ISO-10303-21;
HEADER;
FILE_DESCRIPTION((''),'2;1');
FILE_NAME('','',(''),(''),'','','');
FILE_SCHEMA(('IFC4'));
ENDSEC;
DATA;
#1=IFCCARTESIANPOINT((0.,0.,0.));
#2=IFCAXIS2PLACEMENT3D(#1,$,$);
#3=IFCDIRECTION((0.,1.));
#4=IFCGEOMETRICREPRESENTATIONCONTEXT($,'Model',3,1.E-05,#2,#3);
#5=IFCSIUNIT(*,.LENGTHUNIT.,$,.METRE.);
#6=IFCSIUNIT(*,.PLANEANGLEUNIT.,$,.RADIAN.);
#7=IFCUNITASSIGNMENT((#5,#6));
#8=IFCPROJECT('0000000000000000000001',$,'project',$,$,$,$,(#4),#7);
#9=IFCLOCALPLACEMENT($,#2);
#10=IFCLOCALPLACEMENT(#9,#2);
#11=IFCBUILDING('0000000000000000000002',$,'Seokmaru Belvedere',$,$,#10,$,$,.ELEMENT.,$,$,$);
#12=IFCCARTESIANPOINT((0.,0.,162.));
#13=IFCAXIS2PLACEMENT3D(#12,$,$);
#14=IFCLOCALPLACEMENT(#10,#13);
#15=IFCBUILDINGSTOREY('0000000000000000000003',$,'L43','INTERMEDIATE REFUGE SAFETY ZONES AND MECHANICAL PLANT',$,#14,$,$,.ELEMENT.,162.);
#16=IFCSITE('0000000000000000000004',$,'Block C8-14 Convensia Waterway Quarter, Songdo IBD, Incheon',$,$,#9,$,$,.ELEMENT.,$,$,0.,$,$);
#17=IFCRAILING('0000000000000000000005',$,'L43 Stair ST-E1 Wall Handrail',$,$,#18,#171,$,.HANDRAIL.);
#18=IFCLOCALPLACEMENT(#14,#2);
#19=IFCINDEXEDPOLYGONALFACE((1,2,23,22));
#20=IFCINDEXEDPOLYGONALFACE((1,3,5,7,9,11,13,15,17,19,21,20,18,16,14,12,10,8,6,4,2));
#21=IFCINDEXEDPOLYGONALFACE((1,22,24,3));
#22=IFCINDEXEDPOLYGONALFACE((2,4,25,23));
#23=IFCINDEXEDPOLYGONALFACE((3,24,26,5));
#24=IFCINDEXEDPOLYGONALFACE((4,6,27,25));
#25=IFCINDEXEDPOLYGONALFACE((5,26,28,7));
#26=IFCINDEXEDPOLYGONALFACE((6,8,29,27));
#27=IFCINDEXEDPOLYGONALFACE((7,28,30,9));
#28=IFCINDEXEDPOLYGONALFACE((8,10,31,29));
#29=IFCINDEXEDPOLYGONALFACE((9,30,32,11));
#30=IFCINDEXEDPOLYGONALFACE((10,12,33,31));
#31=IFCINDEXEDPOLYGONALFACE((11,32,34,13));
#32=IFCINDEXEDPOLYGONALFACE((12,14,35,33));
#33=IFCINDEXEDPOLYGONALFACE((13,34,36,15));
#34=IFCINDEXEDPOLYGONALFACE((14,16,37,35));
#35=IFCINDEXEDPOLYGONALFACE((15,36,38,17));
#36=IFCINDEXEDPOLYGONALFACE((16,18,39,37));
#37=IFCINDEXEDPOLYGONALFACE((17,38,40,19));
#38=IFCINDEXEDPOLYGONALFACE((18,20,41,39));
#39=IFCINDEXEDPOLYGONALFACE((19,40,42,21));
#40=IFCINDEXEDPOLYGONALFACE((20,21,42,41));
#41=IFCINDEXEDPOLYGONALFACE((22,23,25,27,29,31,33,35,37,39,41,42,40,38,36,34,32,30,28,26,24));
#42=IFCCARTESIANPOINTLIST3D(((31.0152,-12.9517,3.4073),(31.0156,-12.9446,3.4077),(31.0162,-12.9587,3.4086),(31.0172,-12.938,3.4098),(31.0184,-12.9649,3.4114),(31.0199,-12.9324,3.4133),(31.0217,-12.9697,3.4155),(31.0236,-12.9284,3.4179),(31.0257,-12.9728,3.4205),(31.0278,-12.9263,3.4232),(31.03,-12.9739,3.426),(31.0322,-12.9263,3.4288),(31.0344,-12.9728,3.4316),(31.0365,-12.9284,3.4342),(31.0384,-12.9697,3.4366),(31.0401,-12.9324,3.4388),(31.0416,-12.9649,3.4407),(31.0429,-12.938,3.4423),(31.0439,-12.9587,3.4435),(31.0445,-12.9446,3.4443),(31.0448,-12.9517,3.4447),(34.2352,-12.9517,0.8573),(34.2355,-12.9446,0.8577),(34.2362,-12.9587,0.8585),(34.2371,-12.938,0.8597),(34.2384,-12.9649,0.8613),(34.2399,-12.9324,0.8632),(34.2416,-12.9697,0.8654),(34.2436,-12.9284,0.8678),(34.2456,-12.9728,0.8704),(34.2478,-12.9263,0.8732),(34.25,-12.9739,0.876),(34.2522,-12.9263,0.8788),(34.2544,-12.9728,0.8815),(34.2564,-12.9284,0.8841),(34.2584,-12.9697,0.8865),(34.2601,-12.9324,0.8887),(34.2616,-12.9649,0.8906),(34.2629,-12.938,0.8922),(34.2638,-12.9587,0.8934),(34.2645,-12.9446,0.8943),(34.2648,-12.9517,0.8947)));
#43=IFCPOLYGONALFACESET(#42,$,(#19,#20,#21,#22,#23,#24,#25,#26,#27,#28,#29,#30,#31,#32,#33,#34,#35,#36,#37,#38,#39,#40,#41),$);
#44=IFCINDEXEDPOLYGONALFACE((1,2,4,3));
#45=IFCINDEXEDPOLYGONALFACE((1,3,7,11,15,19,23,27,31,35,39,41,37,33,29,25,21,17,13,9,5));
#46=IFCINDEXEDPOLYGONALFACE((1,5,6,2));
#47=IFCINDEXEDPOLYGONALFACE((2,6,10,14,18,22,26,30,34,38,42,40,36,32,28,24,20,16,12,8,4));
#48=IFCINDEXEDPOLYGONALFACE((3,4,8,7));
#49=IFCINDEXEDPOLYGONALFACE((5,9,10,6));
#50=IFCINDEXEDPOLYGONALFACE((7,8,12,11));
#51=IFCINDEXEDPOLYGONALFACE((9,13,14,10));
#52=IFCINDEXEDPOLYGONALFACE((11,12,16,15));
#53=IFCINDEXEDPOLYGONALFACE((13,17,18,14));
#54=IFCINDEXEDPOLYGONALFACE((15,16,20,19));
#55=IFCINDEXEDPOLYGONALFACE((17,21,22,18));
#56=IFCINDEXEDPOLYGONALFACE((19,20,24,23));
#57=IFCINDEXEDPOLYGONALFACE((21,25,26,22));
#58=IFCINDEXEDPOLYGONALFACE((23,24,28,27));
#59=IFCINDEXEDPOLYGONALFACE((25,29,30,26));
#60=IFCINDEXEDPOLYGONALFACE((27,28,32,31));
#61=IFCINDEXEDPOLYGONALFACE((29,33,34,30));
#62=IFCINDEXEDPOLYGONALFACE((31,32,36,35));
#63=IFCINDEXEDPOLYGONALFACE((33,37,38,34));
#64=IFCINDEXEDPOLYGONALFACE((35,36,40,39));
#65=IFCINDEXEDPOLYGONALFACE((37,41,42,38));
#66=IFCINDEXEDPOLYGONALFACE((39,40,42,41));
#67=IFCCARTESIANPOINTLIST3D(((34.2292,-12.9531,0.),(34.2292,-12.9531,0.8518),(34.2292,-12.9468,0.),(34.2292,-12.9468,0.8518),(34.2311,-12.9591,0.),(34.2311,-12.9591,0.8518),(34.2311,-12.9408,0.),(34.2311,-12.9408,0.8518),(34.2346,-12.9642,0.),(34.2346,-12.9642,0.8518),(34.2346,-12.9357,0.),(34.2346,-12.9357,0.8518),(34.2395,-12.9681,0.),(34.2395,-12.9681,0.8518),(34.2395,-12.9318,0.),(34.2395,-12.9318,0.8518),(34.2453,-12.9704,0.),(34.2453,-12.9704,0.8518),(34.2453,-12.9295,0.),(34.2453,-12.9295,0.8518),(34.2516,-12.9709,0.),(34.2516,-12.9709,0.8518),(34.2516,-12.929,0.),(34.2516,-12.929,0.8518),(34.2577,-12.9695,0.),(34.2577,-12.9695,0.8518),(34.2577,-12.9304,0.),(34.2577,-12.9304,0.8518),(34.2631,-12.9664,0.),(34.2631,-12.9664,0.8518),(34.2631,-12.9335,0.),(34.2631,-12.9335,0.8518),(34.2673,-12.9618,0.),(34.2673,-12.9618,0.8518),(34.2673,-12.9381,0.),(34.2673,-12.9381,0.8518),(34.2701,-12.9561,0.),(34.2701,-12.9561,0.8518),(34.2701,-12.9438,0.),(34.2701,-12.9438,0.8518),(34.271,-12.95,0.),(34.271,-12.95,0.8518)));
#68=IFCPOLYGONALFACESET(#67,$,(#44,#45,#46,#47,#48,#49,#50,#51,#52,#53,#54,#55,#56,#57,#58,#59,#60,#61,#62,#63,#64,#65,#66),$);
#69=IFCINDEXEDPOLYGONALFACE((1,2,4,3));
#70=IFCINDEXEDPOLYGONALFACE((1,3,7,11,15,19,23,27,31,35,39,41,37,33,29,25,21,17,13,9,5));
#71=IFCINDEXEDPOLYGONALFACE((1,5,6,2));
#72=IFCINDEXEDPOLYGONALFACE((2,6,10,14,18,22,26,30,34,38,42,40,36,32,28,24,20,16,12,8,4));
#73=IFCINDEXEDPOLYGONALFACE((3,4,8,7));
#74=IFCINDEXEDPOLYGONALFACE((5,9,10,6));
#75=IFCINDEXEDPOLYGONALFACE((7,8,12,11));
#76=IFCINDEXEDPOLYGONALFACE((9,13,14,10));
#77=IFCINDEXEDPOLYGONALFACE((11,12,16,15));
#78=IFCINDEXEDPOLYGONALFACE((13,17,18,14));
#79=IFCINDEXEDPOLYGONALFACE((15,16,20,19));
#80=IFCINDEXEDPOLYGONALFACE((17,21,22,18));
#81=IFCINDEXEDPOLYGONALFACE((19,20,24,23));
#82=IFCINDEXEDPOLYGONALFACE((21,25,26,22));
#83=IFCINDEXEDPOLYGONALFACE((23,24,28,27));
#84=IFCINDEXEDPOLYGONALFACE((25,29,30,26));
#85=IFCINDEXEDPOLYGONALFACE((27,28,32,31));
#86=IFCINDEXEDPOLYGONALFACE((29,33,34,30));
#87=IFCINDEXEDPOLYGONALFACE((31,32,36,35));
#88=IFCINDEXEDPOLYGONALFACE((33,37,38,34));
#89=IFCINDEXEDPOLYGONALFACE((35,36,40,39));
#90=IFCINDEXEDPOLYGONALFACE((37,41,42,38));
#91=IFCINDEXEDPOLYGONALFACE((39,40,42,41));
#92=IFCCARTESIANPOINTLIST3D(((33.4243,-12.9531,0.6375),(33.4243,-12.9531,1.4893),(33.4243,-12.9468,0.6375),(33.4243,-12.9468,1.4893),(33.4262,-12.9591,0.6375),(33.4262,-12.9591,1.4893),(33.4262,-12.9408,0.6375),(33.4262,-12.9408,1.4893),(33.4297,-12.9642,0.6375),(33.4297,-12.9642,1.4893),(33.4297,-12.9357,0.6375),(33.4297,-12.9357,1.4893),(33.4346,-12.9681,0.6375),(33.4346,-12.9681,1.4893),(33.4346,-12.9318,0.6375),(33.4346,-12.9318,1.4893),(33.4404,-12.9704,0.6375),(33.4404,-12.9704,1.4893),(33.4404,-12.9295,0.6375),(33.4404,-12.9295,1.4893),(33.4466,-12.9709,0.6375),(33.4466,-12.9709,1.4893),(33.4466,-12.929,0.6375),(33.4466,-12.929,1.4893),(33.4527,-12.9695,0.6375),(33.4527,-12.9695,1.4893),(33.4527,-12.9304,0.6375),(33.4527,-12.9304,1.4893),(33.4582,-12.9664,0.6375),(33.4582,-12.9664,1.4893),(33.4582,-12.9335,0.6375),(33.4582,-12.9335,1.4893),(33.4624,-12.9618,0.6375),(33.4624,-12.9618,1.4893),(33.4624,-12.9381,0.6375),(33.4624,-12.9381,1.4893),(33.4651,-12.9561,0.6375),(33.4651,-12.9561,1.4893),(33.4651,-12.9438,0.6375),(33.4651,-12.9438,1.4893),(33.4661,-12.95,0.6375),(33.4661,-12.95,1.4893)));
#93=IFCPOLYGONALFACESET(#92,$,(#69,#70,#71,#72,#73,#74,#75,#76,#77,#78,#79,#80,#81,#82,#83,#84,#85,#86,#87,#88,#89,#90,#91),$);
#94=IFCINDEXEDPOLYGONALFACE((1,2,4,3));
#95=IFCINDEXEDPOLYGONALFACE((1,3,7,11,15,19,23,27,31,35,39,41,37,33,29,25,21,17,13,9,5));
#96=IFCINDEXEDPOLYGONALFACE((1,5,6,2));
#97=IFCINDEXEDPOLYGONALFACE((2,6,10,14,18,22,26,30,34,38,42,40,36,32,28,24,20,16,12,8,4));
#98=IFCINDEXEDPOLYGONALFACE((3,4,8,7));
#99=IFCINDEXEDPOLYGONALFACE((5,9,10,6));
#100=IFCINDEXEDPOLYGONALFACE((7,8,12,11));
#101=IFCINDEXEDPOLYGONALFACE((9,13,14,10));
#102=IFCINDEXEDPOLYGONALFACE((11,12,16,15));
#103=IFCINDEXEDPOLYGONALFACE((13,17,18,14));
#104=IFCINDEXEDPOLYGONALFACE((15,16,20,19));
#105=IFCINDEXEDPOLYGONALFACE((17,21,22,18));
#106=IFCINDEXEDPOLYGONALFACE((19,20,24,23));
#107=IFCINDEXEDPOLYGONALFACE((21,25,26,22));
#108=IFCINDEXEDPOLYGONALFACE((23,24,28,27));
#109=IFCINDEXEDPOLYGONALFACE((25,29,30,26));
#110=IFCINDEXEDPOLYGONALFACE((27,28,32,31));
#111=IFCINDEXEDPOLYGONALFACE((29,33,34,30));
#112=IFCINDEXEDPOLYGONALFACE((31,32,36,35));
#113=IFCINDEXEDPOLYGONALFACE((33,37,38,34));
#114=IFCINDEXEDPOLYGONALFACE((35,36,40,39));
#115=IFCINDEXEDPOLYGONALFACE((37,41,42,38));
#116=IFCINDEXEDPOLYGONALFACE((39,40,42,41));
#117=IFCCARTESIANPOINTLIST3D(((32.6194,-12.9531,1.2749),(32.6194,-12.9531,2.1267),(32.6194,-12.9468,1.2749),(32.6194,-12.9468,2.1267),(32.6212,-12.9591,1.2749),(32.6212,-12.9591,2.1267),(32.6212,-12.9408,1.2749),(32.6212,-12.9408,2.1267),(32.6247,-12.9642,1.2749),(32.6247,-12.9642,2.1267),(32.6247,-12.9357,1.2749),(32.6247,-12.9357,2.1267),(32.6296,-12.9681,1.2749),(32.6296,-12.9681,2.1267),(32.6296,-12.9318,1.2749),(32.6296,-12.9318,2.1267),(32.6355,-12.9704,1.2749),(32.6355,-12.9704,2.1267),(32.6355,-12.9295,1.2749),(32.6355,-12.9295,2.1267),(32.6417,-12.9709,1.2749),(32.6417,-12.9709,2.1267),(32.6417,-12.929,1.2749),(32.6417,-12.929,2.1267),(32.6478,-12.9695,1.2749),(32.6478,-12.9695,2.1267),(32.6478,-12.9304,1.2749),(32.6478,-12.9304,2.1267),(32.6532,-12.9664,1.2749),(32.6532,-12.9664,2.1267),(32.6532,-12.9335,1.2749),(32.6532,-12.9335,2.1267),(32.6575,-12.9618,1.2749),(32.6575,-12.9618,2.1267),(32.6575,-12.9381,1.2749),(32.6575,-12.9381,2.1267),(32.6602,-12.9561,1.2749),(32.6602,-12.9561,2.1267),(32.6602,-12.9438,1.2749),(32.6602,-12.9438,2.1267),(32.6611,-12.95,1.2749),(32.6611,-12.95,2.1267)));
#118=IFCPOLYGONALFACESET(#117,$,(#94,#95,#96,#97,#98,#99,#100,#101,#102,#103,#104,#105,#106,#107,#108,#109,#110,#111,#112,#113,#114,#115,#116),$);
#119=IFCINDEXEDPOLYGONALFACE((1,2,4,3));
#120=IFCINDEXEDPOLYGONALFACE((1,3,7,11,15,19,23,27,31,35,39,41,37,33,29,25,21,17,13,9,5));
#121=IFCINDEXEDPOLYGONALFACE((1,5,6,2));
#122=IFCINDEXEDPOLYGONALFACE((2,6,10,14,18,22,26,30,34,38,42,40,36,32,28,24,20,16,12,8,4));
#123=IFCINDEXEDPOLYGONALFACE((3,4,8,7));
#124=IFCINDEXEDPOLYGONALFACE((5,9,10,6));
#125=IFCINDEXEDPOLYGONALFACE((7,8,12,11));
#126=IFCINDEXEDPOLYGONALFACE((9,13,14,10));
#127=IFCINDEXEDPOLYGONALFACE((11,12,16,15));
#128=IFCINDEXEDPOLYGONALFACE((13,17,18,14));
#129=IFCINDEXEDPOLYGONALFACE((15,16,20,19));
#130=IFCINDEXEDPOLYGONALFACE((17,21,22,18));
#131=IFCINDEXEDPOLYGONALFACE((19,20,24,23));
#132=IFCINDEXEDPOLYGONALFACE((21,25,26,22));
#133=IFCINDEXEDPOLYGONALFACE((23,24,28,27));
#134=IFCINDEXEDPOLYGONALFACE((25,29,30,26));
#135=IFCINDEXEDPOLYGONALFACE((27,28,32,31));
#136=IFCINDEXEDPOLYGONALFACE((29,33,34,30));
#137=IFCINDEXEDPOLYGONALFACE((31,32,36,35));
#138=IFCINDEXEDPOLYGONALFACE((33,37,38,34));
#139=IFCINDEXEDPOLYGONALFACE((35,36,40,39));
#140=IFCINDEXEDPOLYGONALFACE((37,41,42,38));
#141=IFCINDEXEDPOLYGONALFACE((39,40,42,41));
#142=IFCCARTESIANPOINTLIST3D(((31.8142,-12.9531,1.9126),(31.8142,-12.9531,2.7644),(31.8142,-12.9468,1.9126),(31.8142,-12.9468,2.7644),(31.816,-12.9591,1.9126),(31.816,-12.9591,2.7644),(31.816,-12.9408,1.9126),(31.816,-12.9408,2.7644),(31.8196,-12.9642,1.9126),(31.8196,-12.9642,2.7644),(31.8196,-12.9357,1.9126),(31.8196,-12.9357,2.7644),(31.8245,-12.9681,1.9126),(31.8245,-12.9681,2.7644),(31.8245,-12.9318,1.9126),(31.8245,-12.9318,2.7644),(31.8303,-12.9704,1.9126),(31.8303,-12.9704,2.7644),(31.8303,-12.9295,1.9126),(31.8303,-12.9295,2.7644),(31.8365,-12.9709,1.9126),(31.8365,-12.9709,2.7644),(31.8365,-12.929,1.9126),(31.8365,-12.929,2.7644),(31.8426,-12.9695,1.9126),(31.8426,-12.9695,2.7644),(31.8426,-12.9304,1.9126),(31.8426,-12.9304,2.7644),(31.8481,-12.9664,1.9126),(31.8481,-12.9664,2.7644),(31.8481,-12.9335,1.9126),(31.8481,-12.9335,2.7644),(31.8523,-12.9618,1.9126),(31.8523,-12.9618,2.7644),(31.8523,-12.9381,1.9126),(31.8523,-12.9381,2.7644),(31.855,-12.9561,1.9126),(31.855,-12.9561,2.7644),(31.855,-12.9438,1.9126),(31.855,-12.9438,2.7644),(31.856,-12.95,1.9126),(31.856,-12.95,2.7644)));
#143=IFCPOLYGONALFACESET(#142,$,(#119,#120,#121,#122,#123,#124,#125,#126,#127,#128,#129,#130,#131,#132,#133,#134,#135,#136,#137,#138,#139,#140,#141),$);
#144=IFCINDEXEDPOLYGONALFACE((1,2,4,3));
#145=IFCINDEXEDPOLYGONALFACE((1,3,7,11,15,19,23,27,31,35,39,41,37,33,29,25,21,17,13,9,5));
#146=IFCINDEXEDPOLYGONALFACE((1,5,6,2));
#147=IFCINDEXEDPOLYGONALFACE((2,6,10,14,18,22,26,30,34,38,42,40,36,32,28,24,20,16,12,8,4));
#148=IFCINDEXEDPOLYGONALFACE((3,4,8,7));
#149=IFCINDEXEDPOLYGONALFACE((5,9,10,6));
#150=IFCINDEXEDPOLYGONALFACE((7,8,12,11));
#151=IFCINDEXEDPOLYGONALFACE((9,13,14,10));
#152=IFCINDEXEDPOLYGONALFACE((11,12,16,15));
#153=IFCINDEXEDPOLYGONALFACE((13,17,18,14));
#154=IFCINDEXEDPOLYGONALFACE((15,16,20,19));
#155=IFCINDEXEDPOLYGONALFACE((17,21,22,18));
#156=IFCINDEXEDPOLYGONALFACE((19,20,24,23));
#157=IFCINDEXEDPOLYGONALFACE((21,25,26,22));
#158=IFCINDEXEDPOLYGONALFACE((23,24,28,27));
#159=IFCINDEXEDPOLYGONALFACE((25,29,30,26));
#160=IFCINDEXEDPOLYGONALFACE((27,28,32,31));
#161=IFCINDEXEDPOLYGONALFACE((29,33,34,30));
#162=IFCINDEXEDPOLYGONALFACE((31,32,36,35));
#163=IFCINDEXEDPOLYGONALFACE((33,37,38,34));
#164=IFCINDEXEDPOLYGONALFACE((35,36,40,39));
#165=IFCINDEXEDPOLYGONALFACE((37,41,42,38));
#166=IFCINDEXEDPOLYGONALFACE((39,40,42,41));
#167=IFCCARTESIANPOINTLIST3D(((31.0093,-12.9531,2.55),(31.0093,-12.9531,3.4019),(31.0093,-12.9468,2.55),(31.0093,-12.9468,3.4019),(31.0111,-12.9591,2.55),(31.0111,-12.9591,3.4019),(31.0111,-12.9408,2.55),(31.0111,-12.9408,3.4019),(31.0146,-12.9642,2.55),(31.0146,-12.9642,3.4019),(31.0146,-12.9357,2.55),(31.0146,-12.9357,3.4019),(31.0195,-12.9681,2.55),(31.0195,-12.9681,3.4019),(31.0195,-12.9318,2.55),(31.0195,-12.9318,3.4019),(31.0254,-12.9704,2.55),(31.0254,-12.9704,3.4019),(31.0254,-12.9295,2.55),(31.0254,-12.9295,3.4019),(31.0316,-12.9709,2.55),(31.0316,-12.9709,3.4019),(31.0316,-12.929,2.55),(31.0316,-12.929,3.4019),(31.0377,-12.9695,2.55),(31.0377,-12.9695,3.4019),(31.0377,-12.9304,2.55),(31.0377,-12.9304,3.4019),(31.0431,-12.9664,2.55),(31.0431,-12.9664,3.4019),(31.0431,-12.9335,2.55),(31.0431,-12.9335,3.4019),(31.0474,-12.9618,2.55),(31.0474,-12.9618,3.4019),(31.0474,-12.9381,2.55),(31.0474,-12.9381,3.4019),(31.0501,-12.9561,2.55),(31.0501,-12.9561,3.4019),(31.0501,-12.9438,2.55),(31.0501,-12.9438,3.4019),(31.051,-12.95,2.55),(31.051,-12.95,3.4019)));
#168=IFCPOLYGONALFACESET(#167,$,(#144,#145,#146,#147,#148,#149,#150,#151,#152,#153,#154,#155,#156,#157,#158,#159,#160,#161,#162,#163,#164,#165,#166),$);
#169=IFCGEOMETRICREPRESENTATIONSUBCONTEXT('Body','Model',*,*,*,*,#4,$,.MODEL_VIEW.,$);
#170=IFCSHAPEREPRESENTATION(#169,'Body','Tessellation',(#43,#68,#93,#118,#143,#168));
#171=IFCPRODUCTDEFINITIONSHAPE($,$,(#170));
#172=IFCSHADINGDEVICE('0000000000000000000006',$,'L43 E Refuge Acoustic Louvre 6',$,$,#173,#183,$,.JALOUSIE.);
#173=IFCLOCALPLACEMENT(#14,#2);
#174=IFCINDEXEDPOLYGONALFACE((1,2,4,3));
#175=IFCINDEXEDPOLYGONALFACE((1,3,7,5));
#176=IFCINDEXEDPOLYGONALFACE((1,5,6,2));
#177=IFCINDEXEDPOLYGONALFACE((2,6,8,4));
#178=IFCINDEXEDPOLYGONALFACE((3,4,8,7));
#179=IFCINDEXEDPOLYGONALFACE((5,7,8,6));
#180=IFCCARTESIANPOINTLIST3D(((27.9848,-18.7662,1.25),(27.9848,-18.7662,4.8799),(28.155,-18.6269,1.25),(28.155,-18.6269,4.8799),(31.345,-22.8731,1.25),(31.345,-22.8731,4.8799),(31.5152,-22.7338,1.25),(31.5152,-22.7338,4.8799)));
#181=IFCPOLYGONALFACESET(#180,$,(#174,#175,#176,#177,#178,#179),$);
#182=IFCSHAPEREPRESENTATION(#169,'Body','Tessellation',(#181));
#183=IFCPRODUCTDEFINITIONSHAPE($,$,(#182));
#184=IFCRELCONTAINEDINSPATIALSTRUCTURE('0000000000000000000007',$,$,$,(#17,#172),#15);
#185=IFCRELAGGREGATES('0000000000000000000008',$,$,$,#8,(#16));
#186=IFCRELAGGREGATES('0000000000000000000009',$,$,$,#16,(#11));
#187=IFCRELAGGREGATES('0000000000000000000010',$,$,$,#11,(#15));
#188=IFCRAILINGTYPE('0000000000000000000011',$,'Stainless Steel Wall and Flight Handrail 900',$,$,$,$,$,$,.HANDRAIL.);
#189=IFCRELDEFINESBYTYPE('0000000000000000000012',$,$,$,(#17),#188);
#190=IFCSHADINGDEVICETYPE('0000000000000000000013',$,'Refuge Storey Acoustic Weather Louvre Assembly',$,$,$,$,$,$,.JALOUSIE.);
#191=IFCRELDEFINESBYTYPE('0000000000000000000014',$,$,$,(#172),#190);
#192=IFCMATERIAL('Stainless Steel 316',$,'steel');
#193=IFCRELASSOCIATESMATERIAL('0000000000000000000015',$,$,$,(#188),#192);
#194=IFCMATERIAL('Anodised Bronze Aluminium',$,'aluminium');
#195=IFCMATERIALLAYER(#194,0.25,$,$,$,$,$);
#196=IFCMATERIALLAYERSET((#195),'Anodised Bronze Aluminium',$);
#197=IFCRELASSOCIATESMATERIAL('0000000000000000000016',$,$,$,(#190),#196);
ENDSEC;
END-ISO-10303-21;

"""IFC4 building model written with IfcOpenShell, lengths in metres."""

from ifc_helpers import new_model, si_unit, direction, frame, origin, origin_2d, place, context, subcontext, project, spatial, rectangle, circle, extrude, source, transform, mapped, material, layer, layer_set, type_object, type_shapes, element, save


model = new_model("IFC4")

# Units and contexts
model_context = context("Model", 3, precision=1e-05, world=origin(), true_north=direction((0.0, 1.0)))
body_context = subcontext(model_context, "Body", "Model", "MODEL_VIEW")
ifc_project = project(units=[si_unit("LENGTHUNIT", "METRE"), si_unit("PLANEANGLEUNIT", "RADIAN")], contexts=[model_context])

# Site, building, storey
site_placement = place(None, origin())
site = spatial("IfcSite", under=ifc_project, at=site_placement, Name="Block C8-14 Convensia Waterway Quarter, Songdo IBD, Incheon", CompositionType="ELEMENT", RefElevation=0.0)
building_placement = place(site_placement, origin())
building = spatial("IfcBuilding", under=site, at=building_placement, Name="Seokmaru Belvedere", CompositionType="ELEMENT")
storey_placement = place(building_placement, frame((0.0, 0.0, 162.0)))
storey = spatial("IfcBuildingStorey", under=building, at=storey_placement, Name="L43", Description="INTERMEDIATE REFUGE SAFETY ZONES AND MECHANICAL PLANT", CompositionType="ELEMENT", Elevation=162.0)

# Shared definitions
ifc_material_1 = material(Name="Stainless Steel 316", Category="steel")

# Railing
railing_type_1 = type_object("IfcRailingType", Name="Stainless Steel Wall and Flight Handrail 900", PredefinedType="HANDRAIL", material=ifc_material_1)
railing_1_placement = place(storey_placement, frame((34.25, -12.95, 0.0)))
element("IfcRailing", 1, at=railing_1_placement, inside=storey, type_object=railing_type_1, Name="L43 Stair ST-E1 Wall Handrail", PredefinedType="HANDRAIL", context=body_context, shape_type="SweptSolid", body=[
    extrude(circle(Radius=0.0239, at=origin_2d()), frame((0.0, 0.0, 0.876), z_axis=(-0.783939, 0.0, 0.620838), x_axis=(0.0, -1.0, 0.0)), (0.0, 0.0, 1.0), 4.1074),
    extrude(circle(Radius=0.021, at=origin_2d()), origin(), (0.0, 0.0, 1.0), 0.8518),
    extrude(circle(Radius=0.021, at=origin_2d()), frame((-0.8049, 0.0, 0.6375)), (0.0, 0.0, 1.0), 0.8518),
    extrude(circle(Radius=0.021, at=origin_2d()), frame((-1.6099, 0.0, 1.2749)), (0.0, 0.0, 1.0), 0.8518),
    extrude(circle(Radius=0.021, at=origin_2d()), frame((-2.415, 0.0, 1.9126)), (0.0, 0.0, 1.0), 0.8518),
    extrude(circle(Radius=0.021, at=origin_2d()), frame((-3.22, 0.0, 2.55)), (0.0, 0.0, 1.0), 0.8518),
])

# Shading device
ifc_material_2 = material(Name="Anodised Bronze Aluminium", Category="aluminium")
ifc_layer_1 = layer(ifc_material_2, 0.25)
ifc_layer_set_1 = layer_set([ifc_layer_1], Name="Anodised Bronze Aluminium")
shading_device_type = type_object("IfcShadingDeviceType", Name="Refuge Storey Acoustic Weather Louvre Assembly", PredefinedType="JALOUSIE", material=ifc_layer_set_1)
shared_shape_1 = source(origin(), body_context, "Body", "SweptSolid", [
    extrude(rectangle(XDim=5.3064, YDim=0.22, at=origin_2d()), origin(), (0.0, 0.0, 1.0), 3.6299),
])
type_shapes(shading_device_type, [shared_shape_1])
shading_device_placement = place(storey_placement, frame((29.75, -20.75, 1.25), z_axis=(0.0, 0.0, 1.0), x_axis=(0.633238, -0.773957, 0.0)))
element("IfcShadingDevice", 2, at=shading_device_placement, inside=storey, type_object=shading_device_type, Name="L43 E Refuge Acoustic Louvre 6", PredefinedType="JALOUSIE", context=body_context, shape_type="MappedRepresentation", body=[
    mapped(shared_shape_1, transform((0.0, 0.0, 0.0), scale=1.0)),
])

save(model, "model.ifc")
